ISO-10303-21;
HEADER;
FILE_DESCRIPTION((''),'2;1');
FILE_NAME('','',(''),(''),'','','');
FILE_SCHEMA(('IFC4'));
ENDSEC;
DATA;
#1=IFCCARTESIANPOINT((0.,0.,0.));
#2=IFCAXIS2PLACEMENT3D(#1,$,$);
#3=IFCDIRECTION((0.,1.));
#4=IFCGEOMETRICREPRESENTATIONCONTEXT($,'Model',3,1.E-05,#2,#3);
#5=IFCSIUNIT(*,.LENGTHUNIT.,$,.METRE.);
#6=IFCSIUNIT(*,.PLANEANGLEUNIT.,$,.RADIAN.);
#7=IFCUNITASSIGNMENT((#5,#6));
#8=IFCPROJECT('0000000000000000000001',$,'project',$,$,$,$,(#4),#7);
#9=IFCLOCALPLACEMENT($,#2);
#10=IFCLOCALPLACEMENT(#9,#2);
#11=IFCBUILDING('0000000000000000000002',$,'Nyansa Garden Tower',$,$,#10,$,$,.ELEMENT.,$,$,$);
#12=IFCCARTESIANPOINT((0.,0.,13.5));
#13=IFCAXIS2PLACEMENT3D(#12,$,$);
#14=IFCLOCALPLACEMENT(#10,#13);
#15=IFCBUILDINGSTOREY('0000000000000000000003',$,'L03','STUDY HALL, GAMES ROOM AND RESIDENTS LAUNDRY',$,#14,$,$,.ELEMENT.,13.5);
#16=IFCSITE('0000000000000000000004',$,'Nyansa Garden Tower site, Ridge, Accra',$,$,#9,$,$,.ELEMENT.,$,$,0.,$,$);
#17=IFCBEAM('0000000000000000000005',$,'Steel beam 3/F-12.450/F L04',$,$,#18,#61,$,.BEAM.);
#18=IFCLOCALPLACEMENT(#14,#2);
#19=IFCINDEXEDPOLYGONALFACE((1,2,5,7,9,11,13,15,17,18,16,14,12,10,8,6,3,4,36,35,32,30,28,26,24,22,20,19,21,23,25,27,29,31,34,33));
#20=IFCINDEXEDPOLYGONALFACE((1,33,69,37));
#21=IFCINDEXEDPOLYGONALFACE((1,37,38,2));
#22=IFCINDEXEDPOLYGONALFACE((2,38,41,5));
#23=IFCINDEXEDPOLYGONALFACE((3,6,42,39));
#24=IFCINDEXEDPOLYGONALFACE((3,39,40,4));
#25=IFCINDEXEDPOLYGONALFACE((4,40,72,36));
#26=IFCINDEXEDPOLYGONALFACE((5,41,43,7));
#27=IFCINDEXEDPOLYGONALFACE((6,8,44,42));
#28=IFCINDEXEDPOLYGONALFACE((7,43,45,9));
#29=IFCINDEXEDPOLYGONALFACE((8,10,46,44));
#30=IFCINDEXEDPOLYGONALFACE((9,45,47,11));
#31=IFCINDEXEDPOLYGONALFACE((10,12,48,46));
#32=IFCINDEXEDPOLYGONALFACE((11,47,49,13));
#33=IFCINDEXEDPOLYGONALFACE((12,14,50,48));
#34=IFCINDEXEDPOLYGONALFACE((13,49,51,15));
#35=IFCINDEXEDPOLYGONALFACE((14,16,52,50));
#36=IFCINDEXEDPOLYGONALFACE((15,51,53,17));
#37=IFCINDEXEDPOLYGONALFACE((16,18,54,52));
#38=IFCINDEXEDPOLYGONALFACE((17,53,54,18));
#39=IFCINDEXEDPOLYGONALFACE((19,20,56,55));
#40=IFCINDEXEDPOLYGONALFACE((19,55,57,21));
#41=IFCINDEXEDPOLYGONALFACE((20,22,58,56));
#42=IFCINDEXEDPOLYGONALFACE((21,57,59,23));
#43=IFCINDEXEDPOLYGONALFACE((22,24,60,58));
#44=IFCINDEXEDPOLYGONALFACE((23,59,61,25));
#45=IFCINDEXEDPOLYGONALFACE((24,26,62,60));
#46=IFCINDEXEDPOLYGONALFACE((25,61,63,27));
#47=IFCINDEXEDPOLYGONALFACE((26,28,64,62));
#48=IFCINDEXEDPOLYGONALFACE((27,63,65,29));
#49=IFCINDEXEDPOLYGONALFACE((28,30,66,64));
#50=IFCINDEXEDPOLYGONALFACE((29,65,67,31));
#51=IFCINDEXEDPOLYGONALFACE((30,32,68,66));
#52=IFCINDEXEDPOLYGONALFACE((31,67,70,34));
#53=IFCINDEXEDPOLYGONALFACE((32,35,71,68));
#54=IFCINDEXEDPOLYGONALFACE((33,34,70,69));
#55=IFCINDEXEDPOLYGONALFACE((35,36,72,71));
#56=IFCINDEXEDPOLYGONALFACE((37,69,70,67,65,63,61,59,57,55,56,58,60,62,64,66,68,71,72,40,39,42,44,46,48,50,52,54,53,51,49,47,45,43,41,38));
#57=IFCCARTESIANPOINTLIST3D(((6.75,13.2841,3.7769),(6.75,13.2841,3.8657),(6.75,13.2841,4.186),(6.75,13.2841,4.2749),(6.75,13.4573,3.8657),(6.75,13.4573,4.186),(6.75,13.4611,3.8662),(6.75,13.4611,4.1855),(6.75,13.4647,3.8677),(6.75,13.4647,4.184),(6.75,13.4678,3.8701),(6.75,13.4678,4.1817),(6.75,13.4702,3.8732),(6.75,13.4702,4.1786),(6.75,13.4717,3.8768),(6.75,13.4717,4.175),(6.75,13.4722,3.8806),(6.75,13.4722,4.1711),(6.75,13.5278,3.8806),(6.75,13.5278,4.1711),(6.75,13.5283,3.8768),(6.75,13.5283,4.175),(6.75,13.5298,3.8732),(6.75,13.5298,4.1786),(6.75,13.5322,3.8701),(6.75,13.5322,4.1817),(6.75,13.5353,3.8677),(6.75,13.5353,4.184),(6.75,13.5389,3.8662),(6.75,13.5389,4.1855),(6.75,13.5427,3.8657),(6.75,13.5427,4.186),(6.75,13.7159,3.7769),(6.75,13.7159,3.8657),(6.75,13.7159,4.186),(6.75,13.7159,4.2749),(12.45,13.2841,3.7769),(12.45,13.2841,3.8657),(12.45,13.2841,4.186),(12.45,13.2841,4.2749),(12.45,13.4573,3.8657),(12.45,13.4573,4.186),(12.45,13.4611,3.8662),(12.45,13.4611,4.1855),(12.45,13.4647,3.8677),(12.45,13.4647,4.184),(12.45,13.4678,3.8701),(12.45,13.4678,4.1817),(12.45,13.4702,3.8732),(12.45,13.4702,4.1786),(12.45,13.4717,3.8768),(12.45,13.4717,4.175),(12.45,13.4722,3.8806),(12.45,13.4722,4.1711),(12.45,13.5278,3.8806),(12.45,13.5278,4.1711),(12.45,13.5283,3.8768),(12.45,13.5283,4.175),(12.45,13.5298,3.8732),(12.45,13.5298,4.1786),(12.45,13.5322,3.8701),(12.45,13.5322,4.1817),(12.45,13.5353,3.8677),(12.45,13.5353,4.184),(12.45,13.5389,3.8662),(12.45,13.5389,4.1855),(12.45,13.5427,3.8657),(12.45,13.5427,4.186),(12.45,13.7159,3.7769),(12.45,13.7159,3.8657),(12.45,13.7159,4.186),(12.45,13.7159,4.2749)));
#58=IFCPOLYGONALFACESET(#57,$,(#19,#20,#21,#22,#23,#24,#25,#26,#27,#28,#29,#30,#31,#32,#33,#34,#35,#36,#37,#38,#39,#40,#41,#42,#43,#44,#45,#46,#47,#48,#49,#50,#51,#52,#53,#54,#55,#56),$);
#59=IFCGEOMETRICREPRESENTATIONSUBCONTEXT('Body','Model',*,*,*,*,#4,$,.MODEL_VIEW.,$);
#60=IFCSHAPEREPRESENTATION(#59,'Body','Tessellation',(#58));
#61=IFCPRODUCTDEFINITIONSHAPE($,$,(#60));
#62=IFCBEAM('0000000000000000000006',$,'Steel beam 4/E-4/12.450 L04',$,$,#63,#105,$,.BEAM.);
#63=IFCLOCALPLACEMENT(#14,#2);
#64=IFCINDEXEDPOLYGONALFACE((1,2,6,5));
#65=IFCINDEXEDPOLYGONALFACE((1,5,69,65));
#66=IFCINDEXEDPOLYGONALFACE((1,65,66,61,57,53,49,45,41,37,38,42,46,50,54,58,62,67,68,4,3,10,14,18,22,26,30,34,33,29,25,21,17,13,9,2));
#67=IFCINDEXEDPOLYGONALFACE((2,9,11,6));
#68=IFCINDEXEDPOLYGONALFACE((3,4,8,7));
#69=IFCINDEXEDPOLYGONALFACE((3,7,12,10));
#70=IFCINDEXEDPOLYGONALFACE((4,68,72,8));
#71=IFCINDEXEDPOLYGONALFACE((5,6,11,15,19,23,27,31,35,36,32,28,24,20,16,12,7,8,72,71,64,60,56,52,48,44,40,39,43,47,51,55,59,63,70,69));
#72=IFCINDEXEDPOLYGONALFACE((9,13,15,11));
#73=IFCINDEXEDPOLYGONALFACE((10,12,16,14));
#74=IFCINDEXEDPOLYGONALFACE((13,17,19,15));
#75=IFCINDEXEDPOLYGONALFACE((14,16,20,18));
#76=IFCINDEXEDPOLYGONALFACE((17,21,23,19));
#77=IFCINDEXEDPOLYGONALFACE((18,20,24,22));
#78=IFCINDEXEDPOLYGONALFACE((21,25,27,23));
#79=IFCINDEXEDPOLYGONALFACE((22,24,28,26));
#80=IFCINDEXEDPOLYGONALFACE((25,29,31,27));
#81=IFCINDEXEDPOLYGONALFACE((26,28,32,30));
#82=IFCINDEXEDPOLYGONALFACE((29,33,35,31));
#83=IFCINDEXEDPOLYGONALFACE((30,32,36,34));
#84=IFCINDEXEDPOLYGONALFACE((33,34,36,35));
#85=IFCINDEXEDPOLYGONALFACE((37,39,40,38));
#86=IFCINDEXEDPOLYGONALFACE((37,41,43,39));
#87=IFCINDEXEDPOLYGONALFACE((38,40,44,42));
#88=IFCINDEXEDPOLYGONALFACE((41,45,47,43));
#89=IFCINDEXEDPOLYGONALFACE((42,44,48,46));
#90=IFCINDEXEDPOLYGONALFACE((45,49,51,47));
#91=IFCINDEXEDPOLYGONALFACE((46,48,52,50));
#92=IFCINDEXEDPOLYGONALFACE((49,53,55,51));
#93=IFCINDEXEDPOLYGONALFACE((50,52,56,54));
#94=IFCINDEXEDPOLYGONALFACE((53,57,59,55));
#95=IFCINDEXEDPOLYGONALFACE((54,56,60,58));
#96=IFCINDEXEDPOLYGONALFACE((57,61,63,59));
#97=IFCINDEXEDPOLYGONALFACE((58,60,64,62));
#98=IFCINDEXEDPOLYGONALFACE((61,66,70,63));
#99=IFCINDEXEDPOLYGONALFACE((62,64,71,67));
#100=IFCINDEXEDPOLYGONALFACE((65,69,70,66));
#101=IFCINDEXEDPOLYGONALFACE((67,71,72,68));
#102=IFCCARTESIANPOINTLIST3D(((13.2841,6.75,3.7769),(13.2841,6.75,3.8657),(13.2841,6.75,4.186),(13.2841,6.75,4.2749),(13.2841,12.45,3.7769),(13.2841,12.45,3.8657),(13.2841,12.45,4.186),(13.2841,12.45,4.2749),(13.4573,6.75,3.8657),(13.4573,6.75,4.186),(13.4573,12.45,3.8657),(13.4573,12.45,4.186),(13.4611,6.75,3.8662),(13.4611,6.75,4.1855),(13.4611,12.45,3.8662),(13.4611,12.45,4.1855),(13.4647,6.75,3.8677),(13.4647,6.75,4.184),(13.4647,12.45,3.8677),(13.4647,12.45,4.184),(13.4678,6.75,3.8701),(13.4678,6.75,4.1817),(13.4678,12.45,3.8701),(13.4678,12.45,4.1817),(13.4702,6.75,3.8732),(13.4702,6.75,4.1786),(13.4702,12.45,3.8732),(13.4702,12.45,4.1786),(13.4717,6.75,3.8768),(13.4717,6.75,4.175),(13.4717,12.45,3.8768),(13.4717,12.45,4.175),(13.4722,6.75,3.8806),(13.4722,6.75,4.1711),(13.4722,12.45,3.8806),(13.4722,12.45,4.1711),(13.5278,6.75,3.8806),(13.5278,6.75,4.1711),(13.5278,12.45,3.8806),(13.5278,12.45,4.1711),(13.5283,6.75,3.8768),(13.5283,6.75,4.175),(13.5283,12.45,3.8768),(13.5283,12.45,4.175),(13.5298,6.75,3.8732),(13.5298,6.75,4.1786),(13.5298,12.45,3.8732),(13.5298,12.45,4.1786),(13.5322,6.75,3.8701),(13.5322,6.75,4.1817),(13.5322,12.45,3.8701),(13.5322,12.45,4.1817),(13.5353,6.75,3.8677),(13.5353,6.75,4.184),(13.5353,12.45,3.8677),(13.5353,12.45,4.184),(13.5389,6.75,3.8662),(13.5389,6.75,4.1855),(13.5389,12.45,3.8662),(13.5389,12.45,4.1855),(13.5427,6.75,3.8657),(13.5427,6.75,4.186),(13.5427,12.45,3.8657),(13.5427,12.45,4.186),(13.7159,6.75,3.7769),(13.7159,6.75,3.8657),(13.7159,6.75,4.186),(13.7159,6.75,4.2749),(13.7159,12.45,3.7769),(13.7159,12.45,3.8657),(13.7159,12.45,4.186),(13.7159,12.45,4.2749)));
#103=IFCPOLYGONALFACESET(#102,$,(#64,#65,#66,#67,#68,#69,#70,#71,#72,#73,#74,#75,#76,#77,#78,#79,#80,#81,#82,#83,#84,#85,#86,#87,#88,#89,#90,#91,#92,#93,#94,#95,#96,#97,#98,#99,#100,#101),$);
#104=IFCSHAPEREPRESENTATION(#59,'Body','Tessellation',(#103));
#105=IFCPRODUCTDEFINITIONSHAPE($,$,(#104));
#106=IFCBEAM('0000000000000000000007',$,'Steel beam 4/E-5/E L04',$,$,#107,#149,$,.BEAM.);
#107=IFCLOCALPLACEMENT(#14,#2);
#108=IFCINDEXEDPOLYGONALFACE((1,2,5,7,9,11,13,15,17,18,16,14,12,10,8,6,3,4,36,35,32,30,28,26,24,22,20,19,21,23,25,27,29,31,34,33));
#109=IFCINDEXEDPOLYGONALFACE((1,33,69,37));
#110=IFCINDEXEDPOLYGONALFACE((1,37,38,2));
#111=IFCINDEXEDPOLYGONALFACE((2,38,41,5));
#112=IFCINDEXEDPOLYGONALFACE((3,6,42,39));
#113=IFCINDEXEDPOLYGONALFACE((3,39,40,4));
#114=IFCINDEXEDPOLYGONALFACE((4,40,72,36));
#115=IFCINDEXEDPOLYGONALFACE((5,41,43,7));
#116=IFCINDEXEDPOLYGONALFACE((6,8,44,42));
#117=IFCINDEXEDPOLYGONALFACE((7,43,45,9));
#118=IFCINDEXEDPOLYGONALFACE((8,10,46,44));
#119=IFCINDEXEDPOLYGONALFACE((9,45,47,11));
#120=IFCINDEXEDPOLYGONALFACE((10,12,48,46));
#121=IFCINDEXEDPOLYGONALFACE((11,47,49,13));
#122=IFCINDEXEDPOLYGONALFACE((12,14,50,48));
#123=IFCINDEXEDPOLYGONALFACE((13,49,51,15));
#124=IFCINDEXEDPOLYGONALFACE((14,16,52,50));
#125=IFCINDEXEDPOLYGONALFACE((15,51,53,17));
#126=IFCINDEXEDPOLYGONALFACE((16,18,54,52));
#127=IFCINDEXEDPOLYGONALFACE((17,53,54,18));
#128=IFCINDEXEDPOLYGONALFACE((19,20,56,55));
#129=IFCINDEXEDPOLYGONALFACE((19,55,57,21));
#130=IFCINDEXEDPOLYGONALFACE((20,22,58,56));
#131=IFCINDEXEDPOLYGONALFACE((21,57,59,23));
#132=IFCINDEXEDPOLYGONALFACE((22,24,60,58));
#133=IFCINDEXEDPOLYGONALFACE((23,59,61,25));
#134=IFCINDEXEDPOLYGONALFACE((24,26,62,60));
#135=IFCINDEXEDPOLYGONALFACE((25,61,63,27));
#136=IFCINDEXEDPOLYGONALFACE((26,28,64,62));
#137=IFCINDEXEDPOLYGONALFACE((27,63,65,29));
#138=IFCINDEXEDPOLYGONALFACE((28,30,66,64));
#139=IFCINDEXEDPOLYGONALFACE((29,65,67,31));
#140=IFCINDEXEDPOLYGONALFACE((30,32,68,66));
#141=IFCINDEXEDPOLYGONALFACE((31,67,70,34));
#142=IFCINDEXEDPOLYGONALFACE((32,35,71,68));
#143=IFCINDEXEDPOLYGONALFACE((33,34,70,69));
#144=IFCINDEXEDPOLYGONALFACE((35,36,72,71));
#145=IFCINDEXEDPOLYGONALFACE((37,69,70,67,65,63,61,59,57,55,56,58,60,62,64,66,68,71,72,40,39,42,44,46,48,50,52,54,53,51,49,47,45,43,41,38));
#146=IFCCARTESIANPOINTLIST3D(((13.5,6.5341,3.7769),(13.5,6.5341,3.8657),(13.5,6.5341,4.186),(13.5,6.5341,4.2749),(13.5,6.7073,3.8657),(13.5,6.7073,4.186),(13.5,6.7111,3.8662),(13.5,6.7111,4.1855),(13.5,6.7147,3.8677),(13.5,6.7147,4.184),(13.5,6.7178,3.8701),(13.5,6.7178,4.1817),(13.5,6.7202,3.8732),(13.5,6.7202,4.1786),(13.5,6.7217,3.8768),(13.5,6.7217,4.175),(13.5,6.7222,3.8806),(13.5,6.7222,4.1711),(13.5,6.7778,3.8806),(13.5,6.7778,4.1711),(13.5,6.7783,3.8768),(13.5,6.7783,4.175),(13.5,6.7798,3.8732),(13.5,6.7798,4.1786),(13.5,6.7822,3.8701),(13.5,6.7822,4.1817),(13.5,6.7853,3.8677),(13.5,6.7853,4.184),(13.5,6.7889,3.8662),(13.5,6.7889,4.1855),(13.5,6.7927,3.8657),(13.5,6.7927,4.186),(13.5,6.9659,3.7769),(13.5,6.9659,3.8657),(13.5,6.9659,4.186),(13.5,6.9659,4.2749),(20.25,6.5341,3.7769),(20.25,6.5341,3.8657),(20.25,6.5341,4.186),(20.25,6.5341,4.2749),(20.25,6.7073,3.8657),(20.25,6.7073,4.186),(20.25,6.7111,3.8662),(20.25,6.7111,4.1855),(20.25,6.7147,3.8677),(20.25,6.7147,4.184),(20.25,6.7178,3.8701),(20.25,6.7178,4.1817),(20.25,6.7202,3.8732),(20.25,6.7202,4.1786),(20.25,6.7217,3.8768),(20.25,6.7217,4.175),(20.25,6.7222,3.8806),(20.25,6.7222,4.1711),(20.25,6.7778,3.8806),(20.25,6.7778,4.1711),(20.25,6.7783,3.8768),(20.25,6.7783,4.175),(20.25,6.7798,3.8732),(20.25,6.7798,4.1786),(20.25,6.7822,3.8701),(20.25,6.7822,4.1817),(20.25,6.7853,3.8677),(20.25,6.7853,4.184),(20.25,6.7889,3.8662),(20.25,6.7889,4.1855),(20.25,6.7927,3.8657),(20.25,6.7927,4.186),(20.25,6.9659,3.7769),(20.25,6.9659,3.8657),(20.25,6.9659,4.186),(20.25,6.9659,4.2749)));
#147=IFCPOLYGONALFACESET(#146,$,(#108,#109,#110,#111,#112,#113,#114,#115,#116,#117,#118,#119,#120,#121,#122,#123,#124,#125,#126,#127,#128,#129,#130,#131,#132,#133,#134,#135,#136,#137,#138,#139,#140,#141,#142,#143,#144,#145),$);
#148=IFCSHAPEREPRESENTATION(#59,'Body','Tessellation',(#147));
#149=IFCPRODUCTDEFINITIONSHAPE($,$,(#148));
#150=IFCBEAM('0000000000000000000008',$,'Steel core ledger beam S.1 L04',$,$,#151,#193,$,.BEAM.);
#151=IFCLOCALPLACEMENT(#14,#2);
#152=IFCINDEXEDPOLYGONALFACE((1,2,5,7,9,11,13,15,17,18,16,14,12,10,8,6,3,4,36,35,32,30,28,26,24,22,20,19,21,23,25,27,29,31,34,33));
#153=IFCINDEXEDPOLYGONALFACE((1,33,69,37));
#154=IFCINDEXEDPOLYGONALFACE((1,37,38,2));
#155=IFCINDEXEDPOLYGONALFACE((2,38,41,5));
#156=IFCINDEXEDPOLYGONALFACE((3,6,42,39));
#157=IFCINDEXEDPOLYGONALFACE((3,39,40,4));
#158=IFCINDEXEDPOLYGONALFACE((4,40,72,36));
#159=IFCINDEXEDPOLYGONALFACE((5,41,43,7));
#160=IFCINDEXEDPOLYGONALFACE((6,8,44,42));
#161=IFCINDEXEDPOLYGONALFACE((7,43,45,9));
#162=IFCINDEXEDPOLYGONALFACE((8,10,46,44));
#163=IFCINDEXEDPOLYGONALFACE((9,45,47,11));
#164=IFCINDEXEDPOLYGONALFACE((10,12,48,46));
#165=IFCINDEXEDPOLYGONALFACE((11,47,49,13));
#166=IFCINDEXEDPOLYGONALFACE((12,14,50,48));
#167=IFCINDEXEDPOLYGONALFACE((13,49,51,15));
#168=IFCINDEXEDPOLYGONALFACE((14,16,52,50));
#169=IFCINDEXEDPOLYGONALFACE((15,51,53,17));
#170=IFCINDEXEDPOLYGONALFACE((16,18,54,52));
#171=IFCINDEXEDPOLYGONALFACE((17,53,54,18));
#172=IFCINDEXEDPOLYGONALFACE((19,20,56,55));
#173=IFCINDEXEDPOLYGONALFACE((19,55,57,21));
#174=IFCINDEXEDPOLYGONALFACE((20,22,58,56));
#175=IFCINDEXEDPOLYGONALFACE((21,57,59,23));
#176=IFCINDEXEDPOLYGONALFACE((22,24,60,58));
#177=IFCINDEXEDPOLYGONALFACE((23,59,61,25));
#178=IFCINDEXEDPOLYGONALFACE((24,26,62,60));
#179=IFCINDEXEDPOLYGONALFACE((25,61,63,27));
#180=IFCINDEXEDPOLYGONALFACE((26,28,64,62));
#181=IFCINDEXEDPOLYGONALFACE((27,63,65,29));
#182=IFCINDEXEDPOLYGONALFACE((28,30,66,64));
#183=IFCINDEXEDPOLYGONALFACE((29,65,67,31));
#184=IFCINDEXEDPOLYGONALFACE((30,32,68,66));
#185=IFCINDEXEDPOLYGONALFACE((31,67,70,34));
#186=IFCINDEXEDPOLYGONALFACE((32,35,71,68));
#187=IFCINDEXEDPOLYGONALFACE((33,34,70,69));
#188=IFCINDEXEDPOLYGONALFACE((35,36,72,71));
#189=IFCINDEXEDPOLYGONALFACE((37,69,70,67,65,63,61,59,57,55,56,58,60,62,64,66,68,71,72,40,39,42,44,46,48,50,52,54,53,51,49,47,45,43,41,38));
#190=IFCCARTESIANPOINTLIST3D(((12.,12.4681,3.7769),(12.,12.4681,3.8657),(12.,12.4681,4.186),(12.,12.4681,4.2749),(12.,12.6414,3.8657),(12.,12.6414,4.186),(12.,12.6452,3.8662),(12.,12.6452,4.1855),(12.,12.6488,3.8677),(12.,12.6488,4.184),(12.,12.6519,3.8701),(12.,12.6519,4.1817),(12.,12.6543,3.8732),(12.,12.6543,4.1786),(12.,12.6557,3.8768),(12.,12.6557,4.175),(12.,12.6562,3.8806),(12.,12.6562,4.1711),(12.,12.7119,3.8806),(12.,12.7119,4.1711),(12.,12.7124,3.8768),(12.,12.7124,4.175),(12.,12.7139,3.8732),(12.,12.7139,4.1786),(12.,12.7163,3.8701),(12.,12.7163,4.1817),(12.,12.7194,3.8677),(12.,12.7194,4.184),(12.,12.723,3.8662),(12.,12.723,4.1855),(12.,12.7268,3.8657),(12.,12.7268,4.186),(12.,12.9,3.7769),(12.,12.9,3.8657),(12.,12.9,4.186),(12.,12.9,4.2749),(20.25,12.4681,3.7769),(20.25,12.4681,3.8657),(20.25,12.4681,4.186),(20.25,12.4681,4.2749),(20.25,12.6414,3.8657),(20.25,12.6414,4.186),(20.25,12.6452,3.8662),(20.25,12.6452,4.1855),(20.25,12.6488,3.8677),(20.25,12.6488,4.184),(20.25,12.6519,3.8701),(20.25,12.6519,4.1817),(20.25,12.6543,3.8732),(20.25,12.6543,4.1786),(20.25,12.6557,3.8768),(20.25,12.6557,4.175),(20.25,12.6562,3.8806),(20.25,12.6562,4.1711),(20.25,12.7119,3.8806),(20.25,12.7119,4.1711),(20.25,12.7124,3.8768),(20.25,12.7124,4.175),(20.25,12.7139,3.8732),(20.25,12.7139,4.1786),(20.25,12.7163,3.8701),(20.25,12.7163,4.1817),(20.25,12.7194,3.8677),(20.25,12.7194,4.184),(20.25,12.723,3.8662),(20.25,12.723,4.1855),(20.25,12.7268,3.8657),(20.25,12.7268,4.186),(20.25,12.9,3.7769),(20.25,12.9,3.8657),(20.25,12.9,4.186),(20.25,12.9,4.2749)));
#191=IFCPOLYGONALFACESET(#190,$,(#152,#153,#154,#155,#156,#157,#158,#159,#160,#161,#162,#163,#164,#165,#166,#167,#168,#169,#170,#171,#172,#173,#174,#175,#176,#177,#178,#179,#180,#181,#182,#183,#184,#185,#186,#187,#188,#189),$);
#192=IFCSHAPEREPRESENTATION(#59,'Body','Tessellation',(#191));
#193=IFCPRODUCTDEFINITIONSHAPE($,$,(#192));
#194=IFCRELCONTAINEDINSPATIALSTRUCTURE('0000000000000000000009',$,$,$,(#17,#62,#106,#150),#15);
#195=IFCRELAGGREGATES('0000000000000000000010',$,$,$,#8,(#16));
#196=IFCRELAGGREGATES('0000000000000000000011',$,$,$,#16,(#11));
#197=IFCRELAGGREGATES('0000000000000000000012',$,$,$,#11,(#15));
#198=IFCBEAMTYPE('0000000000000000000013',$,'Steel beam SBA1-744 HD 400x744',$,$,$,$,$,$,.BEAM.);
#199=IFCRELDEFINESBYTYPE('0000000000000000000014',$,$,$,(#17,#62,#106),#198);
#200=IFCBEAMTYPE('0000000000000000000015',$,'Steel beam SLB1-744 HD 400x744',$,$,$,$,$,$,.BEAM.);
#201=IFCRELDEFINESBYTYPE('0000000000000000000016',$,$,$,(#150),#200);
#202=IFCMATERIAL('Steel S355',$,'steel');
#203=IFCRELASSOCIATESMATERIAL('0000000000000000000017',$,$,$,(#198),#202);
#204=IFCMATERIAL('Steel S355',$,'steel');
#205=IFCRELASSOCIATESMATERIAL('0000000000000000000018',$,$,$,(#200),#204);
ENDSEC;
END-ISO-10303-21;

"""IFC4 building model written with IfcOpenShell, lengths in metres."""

from ifc_helpers import new_model, si_unit, direction, frame, origin, origin_2d, place, context, subcontext, project, spatial, i_section, extrude, material, material_profile, profile_set, type_object, element, save


model = new_model("IFC4")

# Units and contexts
model_context = context("Model", 3, precision=1e-05, world=origin(), true_north=direction((0.0, 1.0)))
body_context = subcontext(model_context, "Body", "Model", "MODEL_VIEW")
ifc_project = project(units=[si_unit("LENGTHUNIT", "METRE"), si_unit("PLANEANGLEUNIT", "RADIAN")], contexts=[model_context])

# Site, building, storey
site_placement = place(None, origin())
site = spatial("IfcSite", under=ifc_project, at=site_placement, Name="Nyansa Garden Tower site, Ridge, Accra", CompositionType="ELEMENT", RefElevation=0.0)
building_placement = place(site_placement, origin())
building = spatial("IfcBuilding", under=site, at=building_placement, Name="Nyansa Garden Tower", CompositionType="ELEMENT")
storey_placement = place(building_placement, frame((0.0, 0.0, 13.5)))
storey = spatial("IfcBuildingStorey", under=building, at=storey_placement, Name="L03", Description="STUDY HALL, GAMES ROOM AND RESIDENTS LAUNDRY", CompositionType="ELEMENT", Elevation=13.5)

# Beams
ifc_material_1 = material(Name="Steel S355", Category="steel")
ifc_material_profile_1 = material_profile(ifc_material_1, i_section(OverallWidth=0.4319, OverallDepth=0.498, WebThickness=0.0557, FlangeThickness=0.0889, FilletRadius=0.0149, at=origin_2d()), Name="HD 400x744")
ifc_profile_set_1 = profile_set([ifc_material_profile_1], Name="Steel S355")
beam_type_1 = type_object("IfcBeamType", Name="Steel beam SBA1-744 HD 400x744", PredefinedType="BEAM", material=ifc_profile_set_1)
for number, where, z_axis, x_axis, name in (
    (1, (6.75, 13.5, 4.0259), (1.0, 0.0, 0.0), (0.0, 1.0, 0.0), "Steel beam 3/F-12.450/F L04"),
    (2, (13.5, 6.75, 4.0259), (0.0, 1.0, 0.0), (-1.0, 0.0, 0.0), "Steel beam 4/E-4/12.450 L04"),
):
    element("IfcBeam", number, at=place(storey_placement, frame(where, z_axis=z_axis, x_axis=x_axis)), inside=storey, type_object=beam_type_1, Name=name, PredefinedType="BEAM", context=body_context, shape_type="SweptSolid", body=[
        extrude(i_section(OverallWidth=0.4319, OverallDepth=0.498, WebThickness=0.0557, FlangeThickness=0.0889, FilletRadius=0.0149, at=origin_2d()), origin(), (0.0, 0.0, 1.0), 5.7),
    ])
beam_1_placement = place(storey_placement, frame((13.5, 6.75, 4.0259), z_axis=(1.0, 0.0, 0.0), x_axis=(0.0, 1.0, 0.0)))
element("IfcBeam", 3, at=beam_1_placement, inside=storey, type_object=beam_type_1, Name="Steel beam 4/E-5/E L04", PredefinedType="BEAM", context=body_context, shape_type="SweptSolid", body=[
    extrude(i_section(OverallWidth=0.4319, OverallDepth=0.498, WebThickness=0.0557, FlangeThickness=0.0889, FilletRadius=0.0149, at=origin_2d()), origin(), (0.0, 0.0, 1.0), 6.75),
])
ifc_material_2 = material(Name="Steel S355", Category="steel")
ifc_material_profile_2 = material_profile(ifc_material_2, i_section(OverallWidth=0.4319, OverallDepth=0.498, WebThickness=0.0557, FlangeThickness=0.0889, FilletRadius=0.0149, at=origin_2d()), Name="HD 400x744")
ifc_profile_set_2 = profile_set([ifc_material_profile_2], Name="Steel S355")
beam_type_2 = type_object("IfcBeamType", Name="Steel beam SLB1-744 HD 400x744", PredefinedType="BEAM", material=ifc_profile_set_2)
beam_2_placement = place(storey_placement, frame((12.0, 12.6841, 4.0259), z_axis=(1.0, 0.0, 0.0), x_axis=(0.0, 1.0, 0.0)))
element("IfcBeam", 4, at=beam_2_placement, inside=storey, type_object=beam_type_2, Name="Steel core ledger beam S.1 L04", PredefinedType="BEAM", context=body_context, shape_type="SweptSolid", body=[
    extrude(i_section(OverallWidth=0.4319, OverallDepth=0.498, WebThickness=0.0557, FlangeThickness=0.0889, FilletRadius=0.0149, at=origin_2d()), origin(), (0.0, 0.0, 1.0), 8.25),
])

save(model, "model.ifc")
